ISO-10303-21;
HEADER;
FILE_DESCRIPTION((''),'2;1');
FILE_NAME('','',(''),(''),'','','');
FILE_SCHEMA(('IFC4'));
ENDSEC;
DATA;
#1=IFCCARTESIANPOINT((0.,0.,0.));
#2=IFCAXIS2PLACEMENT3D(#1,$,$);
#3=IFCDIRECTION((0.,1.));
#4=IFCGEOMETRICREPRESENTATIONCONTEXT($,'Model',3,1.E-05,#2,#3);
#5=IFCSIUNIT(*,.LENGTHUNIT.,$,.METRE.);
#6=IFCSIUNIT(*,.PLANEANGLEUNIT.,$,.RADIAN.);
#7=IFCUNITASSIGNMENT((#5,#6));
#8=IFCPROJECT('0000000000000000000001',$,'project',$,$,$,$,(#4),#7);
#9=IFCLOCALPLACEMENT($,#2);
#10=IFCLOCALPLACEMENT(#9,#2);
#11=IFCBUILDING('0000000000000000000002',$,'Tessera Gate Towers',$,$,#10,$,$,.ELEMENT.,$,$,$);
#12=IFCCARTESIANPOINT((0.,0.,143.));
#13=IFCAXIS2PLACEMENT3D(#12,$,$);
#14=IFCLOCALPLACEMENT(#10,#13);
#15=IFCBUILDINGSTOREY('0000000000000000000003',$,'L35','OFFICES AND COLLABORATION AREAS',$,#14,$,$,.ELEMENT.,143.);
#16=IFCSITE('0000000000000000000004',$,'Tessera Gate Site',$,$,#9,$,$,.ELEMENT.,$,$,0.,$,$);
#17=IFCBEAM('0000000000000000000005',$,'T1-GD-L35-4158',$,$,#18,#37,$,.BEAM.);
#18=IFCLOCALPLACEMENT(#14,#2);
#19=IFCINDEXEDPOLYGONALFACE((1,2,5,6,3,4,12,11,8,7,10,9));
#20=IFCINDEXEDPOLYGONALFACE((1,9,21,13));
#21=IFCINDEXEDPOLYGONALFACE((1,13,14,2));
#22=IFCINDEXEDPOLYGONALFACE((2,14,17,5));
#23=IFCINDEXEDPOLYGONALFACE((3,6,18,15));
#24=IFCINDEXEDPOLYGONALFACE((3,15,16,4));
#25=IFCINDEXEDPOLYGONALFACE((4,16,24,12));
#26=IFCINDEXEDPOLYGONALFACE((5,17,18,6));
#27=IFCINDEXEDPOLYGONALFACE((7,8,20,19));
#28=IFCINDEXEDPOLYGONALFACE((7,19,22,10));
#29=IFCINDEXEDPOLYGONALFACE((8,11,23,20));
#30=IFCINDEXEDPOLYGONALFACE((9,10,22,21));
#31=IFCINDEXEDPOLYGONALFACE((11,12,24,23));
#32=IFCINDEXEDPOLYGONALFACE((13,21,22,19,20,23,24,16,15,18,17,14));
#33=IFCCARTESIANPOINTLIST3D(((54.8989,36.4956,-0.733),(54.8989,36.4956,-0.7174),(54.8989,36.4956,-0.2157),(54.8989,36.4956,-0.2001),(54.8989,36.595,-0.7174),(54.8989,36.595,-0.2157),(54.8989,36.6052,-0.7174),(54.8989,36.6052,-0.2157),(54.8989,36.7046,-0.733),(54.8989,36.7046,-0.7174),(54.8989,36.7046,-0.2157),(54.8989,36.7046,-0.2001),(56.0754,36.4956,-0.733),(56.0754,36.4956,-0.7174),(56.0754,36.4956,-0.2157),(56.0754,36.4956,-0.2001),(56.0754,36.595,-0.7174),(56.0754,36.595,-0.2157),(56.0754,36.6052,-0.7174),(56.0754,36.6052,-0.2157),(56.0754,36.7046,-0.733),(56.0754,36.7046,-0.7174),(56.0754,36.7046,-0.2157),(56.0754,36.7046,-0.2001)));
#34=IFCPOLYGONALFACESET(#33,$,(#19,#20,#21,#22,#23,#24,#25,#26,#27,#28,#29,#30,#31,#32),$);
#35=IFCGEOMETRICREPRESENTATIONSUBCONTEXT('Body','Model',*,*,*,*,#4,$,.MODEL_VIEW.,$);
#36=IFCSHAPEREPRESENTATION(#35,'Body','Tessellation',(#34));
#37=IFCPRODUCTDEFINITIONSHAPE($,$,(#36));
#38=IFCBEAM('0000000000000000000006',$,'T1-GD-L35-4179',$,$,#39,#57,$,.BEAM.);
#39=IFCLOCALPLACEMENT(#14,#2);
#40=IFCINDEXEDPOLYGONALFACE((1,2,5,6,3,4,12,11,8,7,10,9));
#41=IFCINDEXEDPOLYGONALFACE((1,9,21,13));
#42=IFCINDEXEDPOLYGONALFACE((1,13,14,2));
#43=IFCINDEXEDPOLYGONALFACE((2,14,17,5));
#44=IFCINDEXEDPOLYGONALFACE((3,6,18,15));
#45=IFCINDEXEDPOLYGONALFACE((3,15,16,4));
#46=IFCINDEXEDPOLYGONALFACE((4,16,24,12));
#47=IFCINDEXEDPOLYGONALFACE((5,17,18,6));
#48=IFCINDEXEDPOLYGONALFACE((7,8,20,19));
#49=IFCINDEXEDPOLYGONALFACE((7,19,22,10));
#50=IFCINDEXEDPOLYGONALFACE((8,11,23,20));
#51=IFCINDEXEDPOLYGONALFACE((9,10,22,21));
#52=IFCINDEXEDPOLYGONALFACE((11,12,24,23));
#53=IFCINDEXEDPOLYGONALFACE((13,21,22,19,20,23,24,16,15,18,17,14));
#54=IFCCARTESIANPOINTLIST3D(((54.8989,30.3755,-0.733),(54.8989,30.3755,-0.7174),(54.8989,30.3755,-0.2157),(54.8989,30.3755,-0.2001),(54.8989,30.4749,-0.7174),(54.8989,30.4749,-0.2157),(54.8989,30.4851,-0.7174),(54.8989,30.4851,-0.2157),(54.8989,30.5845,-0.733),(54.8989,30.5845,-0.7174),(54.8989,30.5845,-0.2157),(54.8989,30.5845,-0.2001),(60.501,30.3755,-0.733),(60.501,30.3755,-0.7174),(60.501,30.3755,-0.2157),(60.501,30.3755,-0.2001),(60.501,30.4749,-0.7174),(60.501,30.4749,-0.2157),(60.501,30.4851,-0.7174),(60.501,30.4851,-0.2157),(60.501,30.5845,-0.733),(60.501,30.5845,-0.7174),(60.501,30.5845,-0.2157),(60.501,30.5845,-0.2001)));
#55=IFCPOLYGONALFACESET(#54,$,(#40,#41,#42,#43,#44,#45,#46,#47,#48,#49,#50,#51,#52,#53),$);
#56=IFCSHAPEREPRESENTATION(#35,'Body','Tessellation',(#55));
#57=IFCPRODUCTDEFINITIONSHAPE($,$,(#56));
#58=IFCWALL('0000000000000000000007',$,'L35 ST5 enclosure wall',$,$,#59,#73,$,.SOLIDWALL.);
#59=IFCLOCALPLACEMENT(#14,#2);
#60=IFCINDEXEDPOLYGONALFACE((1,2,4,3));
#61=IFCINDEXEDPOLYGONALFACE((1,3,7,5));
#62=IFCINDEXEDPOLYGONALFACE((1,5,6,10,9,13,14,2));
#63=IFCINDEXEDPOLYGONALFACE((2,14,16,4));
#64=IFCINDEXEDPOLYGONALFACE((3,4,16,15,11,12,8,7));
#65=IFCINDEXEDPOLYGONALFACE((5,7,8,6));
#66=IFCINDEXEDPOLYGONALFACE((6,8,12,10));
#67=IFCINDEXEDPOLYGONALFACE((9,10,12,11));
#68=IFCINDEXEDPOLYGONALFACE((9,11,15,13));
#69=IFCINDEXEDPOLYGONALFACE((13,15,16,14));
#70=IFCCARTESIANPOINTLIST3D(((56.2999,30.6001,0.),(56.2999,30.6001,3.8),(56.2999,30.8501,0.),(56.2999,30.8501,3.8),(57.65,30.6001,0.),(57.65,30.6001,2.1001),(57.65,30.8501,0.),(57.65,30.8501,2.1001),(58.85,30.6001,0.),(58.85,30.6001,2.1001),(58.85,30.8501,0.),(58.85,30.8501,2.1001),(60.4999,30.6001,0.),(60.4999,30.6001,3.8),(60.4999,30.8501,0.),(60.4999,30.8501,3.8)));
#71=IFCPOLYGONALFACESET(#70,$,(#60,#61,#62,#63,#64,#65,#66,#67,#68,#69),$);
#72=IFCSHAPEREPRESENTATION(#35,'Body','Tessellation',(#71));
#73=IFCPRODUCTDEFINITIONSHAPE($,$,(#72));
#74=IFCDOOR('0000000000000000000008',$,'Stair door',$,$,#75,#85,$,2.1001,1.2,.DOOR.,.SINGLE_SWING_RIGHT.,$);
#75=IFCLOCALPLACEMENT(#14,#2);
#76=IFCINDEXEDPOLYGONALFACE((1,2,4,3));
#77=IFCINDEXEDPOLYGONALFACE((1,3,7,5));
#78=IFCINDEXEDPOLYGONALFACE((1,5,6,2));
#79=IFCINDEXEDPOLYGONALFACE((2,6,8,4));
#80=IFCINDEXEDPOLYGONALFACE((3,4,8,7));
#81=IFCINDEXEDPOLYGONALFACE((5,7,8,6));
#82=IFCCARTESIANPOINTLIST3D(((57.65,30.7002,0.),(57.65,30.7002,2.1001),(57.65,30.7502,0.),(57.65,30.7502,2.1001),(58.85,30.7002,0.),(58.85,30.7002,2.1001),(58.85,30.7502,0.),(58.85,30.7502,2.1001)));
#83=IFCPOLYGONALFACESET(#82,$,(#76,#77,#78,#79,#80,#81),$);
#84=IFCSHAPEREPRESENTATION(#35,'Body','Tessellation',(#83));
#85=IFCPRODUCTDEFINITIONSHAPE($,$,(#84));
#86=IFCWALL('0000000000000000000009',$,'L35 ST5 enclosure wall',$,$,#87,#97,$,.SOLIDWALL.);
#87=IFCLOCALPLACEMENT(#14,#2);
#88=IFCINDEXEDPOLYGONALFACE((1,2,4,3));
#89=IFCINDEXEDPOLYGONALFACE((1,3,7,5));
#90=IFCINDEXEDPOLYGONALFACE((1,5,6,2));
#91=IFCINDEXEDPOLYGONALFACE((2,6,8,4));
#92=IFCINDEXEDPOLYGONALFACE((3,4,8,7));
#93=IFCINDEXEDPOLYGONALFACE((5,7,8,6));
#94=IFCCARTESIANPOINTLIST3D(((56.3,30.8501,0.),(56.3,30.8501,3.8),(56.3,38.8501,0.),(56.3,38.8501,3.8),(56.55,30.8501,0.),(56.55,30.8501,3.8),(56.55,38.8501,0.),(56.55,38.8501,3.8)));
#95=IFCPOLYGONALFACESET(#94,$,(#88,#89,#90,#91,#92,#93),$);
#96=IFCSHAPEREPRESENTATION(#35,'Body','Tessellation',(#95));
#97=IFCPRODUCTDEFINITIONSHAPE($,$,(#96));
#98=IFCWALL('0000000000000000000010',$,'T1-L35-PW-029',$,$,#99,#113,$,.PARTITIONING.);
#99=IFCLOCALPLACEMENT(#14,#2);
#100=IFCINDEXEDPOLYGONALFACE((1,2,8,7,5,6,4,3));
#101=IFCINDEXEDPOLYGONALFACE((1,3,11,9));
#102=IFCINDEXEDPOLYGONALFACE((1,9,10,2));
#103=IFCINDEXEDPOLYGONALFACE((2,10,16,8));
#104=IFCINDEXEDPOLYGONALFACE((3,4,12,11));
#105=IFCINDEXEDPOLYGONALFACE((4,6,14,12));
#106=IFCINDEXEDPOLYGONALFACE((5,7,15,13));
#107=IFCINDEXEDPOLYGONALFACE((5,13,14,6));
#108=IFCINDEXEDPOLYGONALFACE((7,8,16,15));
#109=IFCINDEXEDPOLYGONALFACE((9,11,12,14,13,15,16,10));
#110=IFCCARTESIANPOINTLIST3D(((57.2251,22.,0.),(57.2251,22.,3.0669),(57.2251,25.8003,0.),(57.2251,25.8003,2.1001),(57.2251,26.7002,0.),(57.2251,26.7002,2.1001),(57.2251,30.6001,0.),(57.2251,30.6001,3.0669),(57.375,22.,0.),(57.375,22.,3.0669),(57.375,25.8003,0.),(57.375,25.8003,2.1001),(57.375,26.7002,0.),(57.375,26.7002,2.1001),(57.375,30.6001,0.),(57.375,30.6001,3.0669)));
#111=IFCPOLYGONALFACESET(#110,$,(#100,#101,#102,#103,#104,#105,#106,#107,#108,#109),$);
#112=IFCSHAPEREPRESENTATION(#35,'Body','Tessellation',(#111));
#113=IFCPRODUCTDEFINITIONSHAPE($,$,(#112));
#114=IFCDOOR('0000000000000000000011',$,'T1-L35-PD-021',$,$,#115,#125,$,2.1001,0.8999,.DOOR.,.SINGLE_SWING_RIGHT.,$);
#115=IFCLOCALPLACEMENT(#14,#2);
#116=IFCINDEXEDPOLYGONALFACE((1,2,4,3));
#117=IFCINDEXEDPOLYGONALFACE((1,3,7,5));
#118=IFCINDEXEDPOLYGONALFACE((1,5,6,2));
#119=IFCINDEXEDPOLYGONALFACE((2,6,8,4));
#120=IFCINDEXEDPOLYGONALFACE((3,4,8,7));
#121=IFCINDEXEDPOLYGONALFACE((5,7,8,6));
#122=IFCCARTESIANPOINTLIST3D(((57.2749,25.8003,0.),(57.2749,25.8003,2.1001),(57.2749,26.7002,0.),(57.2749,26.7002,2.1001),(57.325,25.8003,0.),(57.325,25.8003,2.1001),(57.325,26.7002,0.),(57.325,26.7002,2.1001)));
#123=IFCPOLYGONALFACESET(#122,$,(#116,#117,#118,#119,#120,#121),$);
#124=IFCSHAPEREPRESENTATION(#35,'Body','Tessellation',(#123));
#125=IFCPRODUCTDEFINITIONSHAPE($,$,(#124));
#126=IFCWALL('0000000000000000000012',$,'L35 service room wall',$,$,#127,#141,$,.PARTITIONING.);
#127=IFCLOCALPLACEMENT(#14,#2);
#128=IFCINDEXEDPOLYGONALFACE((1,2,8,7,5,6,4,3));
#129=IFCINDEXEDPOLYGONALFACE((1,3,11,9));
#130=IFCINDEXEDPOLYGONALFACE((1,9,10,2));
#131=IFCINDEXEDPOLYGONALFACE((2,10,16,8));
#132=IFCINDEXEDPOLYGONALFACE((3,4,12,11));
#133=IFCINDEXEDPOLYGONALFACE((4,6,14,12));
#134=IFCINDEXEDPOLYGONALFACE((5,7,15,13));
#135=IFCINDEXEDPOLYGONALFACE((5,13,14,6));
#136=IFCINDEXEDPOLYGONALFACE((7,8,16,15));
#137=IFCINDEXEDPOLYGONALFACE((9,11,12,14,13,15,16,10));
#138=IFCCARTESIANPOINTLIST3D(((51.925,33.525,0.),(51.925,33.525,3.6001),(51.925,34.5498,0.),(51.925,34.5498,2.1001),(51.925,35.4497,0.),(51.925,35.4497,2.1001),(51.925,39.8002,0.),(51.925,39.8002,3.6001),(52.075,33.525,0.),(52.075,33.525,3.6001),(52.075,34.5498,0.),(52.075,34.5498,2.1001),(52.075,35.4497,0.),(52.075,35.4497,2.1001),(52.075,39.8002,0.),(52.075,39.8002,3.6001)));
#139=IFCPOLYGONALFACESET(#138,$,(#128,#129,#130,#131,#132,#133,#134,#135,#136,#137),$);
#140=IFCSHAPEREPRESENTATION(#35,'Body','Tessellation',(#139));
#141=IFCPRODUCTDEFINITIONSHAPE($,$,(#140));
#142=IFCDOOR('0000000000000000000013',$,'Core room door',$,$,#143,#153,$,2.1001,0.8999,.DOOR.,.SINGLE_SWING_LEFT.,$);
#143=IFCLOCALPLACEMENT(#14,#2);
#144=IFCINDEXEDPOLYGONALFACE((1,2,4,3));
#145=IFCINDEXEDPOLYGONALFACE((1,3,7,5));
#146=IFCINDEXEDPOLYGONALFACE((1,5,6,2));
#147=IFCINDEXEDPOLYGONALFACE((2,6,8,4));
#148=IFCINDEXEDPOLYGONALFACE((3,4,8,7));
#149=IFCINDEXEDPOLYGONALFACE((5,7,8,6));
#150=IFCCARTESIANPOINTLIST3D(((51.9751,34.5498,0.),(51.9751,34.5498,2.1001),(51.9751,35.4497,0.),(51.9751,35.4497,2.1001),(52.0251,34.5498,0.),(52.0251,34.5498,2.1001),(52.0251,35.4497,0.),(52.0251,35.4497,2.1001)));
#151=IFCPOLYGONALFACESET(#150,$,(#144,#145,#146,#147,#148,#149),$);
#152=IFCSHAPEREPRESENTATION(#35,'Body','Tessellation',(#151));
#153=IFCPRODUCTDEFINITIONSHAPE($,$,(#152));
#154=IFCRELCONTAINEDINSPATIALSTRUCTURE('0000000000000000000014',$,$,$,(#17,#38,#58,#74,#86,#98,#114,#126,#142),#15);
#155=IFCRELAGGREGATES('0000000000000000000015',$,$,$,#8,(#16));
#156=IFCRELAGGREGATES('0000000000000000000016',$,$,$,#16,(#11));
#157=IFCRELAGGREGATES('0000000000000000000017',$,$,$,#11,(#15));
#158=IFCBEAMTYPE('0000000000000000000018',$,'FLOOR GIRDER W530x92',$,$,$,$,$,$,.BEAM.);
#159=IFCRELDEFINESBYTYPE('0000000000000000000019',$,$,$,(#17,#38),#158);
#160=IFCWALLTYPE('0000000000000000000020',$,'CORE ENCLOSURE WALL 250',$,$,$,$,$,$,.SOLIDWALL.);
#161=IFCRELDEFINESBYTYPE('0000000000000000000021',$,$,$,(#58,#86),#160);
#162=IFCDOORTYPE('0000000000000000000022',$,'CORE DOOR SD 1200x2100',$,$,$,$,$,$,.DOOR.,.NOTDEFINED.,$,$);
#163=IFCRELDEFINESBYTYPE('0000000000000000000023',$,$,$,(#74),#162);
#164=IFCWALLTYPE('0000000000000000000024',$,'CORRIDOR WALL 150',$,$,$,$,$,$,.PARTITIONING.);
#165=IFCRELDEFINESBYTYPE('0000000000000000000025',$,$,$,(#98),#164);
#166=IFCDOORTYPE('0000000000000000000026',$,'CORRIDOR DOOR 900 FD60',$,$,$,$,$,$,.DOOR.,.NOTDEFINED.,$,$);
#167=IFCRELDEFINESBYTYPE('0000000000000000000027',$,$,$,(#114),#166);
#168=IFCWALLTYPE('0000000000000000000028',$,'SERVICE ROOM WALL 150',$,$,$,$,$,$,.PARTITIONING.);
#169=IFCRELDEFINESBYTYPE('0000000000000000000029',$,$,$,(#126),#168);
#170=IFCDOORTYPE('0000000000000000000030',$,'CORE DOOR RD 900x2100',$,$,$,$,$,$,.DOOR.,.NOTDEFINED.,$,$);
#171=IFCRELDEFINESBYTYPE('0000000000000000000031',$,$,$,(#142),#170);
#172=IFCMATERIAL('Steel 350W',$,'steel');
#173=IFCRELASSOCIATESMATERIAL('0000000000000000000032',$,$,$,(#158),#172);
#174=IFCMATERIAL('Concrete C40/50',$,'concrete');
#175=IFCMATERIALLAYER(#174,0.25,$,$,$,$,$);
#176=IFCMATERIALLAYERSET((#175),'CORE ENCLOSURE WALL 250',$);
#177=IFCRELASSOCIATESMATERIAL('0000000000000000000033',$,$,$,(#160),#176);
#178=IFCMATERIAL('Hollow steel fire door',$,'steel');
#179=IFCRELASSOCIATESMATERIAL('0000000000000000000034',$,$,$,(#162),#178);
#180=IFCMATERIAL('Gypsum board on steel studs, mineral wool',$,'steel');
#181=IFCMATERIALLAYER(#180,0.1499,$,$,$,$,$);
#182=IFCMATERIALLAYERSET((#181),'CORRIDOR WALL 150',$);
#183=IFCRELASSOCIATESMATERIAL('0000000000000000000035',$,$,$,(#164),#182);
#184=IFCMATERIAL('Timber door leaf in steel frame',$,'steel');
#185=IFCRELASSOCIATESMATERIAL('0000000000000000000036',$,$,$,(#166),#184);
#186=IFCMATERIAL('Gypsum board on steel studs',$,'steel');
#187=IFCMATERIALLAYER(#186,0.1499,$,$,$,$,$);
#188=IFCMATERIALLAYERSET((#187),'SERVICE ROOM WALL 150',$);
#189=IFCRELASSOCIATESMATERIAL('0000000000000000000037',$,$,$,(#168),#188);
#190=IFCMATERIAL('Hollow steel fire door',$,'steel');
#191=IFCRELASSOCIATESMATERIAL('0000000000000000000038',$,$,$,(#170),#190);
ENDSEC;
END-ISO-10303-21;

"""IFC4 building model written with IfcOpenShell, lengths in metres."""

from ifc_helpers import new_model, si_unit, direction, frame, frame_2d, origin, origin_2d, place, context, subcontext, project, spatial, rectangle, i_section, extrude, source, transform, mapped, material, layer, layer_set, material_profile, profile_set, type_object, element, fill, save


model = new_model("IFC4")

# Units and contexts
model_context = context("Model", 3, precision=1e-05, world=origin(), true_north=direction((0.0, 1.0)))
body_context = subcontext(model_context, "Body", "Model", "MODEL_VIEW")
ifc_project = project(units=[si_unit("LENGTHUNIT", "METRE"), si_unit("PLANEANGLEUNIT", "RADIAN")], contexts=[model_context])

# Site, building, storey
site_placement = place(None, origin())
site = spatial("IfcSite", under=ifc_project, at=site_placement, Name="Tessera Gate Site", CompositionType="ELEMENT", RefElevation=0.0)
building_placement = place(site_placement, origin())
building = spatial("IfcBuilding", under=site, at=building_placement, Name="Tessera Gate Towers", CompositionType="ELEMENT")
storey_placement = place(building_placement, frame((0.0, 0.0, 143.0)))
storey = spatial("IfcBuildingStorey", under=building, at=storey_placement, Name="L35", Description="OFFICES AND COLLABORATION AREAS", CompositionType="ELEMENT", Elevation=143.0)

# Beams
ifc_material_1 = material(Name="Steel 350W", Category="steel")
ifc_material_profile = material_profile(ifc_material_1, i_section(OverallWidth=0.209, OverallDepth=0.533, WebThickness=0.0103, FlangeThickness=0.0156, at=origin_2d()), Name="W530x92")
ifc_profile_set = profile_set([ifc_material_profile], Name="Steel 350W")
beam_type = type_object("IfcBeamType", Name="FLOOR GIRDER W530x92", PredefinedType="BEAM", material=ifc_profile_set)
beam_1_placement = place(storey_placement, frame((54.8989, 36.6001, -0.4666), z_axis=(1.0, 0.0, 0.0), x_axis=(0.0, 1.0, 0.0)))
element("IfcBeam", 1, at=beam_1_placement, inside=storey, type_object=beam_type, Name="T1-GD-L35-4158", PredefinedType="BEAM", context=body_context, shape_type="SweptSolid", body=[
    extrude(i_section(OverallWidth=0.209, OverallDepth=0.533, WebThickness=0.0103, FlangeThickness=0.0156, at=origin_2d()), origin(), (0.0, 0.0, 1.0), 1.1765),
])
beam_2_placement = place(storey_placement, frame((54.8989, 30.48, -0.4666), z_axis=(1.0, 0.0, 0.0), x_axis=(0.0, 1.0, 0.0)))
element("IfcBeam", 2, at=beam_2_placement, inside=storey, type_object=beam_type, Name="T1-GD-L35-4179", PredefinedType="BEAM", context=body_context, shape_type="SweptSolid", body=[
    extrude(i_section(OverallWidth=0.209, OverallDepth=0.533, WebThickness=0.0103, FlangeThickness=0.0156, at=origin_2d()), origin(), (0.0, 0.0, 1.0), 5.6021),
])

# Wall, opening, door
ifc_material_2 = material(Name="Concrete C40/50", Category="concrete")
ifc_layer_1 = layer(ifc_material_2, 0.25)
ifc_layer_set_1 = layer_set([ifc_layer_1], Name="CORE ENCLOSURE WALL 250")
wall_type_1 = type_object("IfcWallType", Name="CORE ENCLOSURE WALL 250", PredefinedType="SOLIDWALL", material=ifc_layer_set_1)
wall_1_placement = place(storey_placement, frame((60.5, 30.7251, 0.0), z_axis=(0.0, 0.0, 1.0), x_axis=(-1.0, 0.0, 0.0)))
wall_1 = element("IfcWall", 3, at=wall_1_placement, inside=storey, type_object=wall_type_1, Name="L35 ST5 enclosure wall", PredefinedType="SOLIDWALL", context=body_context, shape_type="SweptSolid", body=[
    extrude(rectangle(XDim=4.2, YDim=0.25, at=frame_2d((2.1001, 0.0))), origin(), (0.0, 0.0, 1.0), 3.8),
])
shared_shape_1 = source(origin(), body_context, "Body", "SweptSolid", [
    extrude(rectangle(XDim=1.2, YDim=2.1001, at=frame_2d((0.6001, 1.05))), frame((0.0, 0.135, 0.0), z_axis=(0.0, -1.0, 0.0), x_axis=(1.0, 0.0, 0.0)), (0.0, 0.0, 1.0), 0.27),
])
opening_1_placement = place(wall_1_placement, frame((1.6499, 0.0, 0.0)))
opening_1 = element("IfcOpeningElement", 4, at=opening_1_placement, cuts=wall_1, PredefinedType="OPENING", context=body_context, shape_type="MappedRepresentation", body=[
    mapped(shared_shape_1, transform((0.0, 0.0, 0.0), scale=1.0)),
])
ifc_material_3 = material(Name="Hollow steel fire door", Category="steel")
door_type_1 = type_object("IfcDoorType", Name="CORE DOOR SD 1200x2100", OperationType="NOTDEFINED", PredefinedType="DOOR", material=ifc_material_3)
shared_shape_2 = source(origin(), body_context, "Body", "SweptSolid", [
    extrude(rectangle(XDim=1.2, YDim=2.1001, at=frame_2d((0.6001, 1.05))), frame((0.0, 0.0249, 0.0), z_axis=(0.0, -1.0, 0.0), x_axis=(1.0, 0.0, 0.0)), (0.0, 0.0, 1.0), 0.05),
])
door_1_placement = place(opening_1_placement, origin())
door_1 = element("IfcDoor", 5, at=door_1_placement, inside=storey, type_object=door_type_1, Name="Stair door", OperationType="SINGLE_SWING_RIGHT", OverallHeight=2.1001, OverallWidth=1.2, PredefinedType="DOOR", context=body_context, shape_type="MappedRepresentation", body=[
    mapped(shared_shape_2, transform((0.0, 0.0, 0.0), scale=1.0)),
])
fill(opening_1, door_1)

# Wall
wall_2_placement = place(storey_placement, frame((56.425, 30.8501, 0.0), z_axis=(0.0, 0.0, 1.0), x_axis=(0.0, 1.0, 0.0)))
element("IfcWall", 6, at=wall_2_placement, inside=storey, type_object=wall_type_1, Name="L35 ST5 enclosure wall", PredefinedType="SOLIDWALL", context=body_context, shape_type="SweptSolid", body=[
    extrude(rectangle(XDim=8.0, YDim=0.25, at=frame_2d((4.0, 0.0))), origin(), (0.0, 0.0, 1.0), 3.8),
])

# Walls, openings, doors
ifc_material_4 = material(Name="Gypsum board on steel studs, mineral wool", Category="steel")
ifc_layer_2 = layer(ifc_material_4, 0.1499)
ifc_layer_set_2 = layer_set([ifc_layer_2], Name="CORRIDOR WALL 150")
wall_type_2 = type_object("IfcWallType", Name="CORRIDOR WALL 150", PredefinedType="PARTITIONING", material=ifc_layer_set_2)
wall_3_placement = place(storey_placement, frame((57.3, 30.6001, 0.0), z_axis=(0.0, 0.0, 1.0), x_axis=(0.0, -1.0, 0.0)))
wall_3 = element("IfcWall", 7, at=wall_3_placement, inside=storey, type_object=wall_type_2, Name="T1-L35-PW-029", PredefinedType="PARTITIONING", context=body_context, shape_type="SweptSolid", body=[
    extrude(rectangle(XDim=8.6001, YDim=0.1499, at=frame_2d((4.3, 0.0))), origin(), (0.0, 0.0, 1.0), 3.0669),
])
shared_shape_3 = source(origin(), body_context, "Body", "SweptSolid", [
    extrude(rectangle(XDim=0.8999, YDim=2.1001, at=frame_2d((0.45, 1.05))), frame((0.0, 0.085, 0.0), z_axis=(0.0, -1.0, 0.0), x_axis=(1.0, 0.0, 0.0)), (0.0, 0.0, 1.0), 0.1699),
])
opening_2_placement = place(wall_3_placement, frame((3.8999, 0.0, 0.0)))
opening_2 = element("IfcOpeningElement", 8, at=opening_2_placement, cuts=wall_3, PredefinedType="OPENING", context=body_context, shape_type="MappedRepresentation", body=[
    mapped(shared_shape_3, transform((0.0, 0.0, 0.0), scale=1.0)),
])
ifc_material_5 = material(Name="Timber door leaf in steel frame", Category="steel")
door_type_2 = type_object("IfcDoorType", Name="CORRIDOR DOOR 900 FD60", OperationType="NOTDEFINED", PredefinedType="DOOR", material=ifc_material_5)
shared_shape_4 = source(origin(), body_context, "Body", "SweptSolid", [
    extrude(rectangle(XDim=0.8999, YDim=2.1001, at=frame_2d((0.45, 1.05))), frame((0.0, 0.0249, 0.0), z_axis=(0.0, -1.0, 0.0), x_axis=(1.0, 0.0, 0.0)), (0.0, 0.0, 1.0), 0.05),
])
door_2_placement = place(opening_2_placement, origin())
door_2 = element("IfcDoor", 9, at=door_2_placement, inside=storey, type_object=door_type_2, Name="T1-L35-PD-021", OperationType="SINGLE_SWING_RIGHT", OverallHeight=2.1001, OverallWidth=0.8999, PredefinedType="DOOR", context=body_context, shape_type="MappedRepresentation", body=[
    mapped(shared_shape_4, transform((0.0, 0.0, 0.0), scale=1.0)),
])
fill(opening_2, door_2)
ifc_material_6 = material(Name="Gypsum board on steel studs", Category="steel")
ifc_layer_3 = layer(ifc_material_6, 0.1499)
ifc_layer_set_3 = layer_set([ifc_layer_3], Name="SERVICE ROOM WALL 150")
wall_type_3 = type_object("IfcWallType", Name="SERVICE ROOM WALL 150", PredefinedType="PARTITIONING", material=ifc_layer_set_3)
wall_4_placement = place(storey_placement, frame((52.0, 33.5249, 0.0), z_axis=(0.0, 0.0, 1.0), x_axis=(0.0, 1.0, 0.0)))
wall_4 = element("IfcWall", 10, at=wall_4_placement, inside=storey, type_object=wall_type_3, Name="L35 service room wall", PredefinedType="PARTITIONING", context=body_context, shape_type="SweptSolid", body=[
    extrude(rectangle(XDim=6.2751, YDim=0.1499, at=frame_2d((3.1377, 0.0))), origin(), (0.0, 0.0, 1.0), 3.6001),
])
opening_3_placement = place(wall_4_placement, frame((1.0249, 0.0, 0.0)))
opening_3 = element("IfcOpeningElement", 11, at=opening_3_placement, cuts=wall_4, PredefinedType="OPENING", context=body_context, shape_type="MappedRepresentation", body=[
    mapped(shared_shape_3, transform((0.0, 0.0, 0.0), scale=1.0)),
])
ifc_material_7 = material(Name="Hollow steel fire door", Category="steel")
door_type_3 = type_object("IfcDoorType", Name="CORE DOOR RD 900x2100", OperationType="NOTDEFINED", PredefinedType="DOOR", material=ifc_material_7)
door_3_placement = place(opening_3_placement, origin())
door_3 = element("IfcDoor", 12, at=door_3_placement, inside=storey, type_object=door_type_3, Name="Core room door", OperationType="SINGLE_SWING_LEFT", OverallHeight=2.1001, OverallWidth=0.8999, PredefinedType="DOOR", context=body_context, shape_type="MappedRepresentation", body=[
    mapped(shared_shape_4, transform((0.0, 0.0, 0.0), scale=1.0)),
])
fill(opening_3, door_3)

save(model, "model.ifc")
